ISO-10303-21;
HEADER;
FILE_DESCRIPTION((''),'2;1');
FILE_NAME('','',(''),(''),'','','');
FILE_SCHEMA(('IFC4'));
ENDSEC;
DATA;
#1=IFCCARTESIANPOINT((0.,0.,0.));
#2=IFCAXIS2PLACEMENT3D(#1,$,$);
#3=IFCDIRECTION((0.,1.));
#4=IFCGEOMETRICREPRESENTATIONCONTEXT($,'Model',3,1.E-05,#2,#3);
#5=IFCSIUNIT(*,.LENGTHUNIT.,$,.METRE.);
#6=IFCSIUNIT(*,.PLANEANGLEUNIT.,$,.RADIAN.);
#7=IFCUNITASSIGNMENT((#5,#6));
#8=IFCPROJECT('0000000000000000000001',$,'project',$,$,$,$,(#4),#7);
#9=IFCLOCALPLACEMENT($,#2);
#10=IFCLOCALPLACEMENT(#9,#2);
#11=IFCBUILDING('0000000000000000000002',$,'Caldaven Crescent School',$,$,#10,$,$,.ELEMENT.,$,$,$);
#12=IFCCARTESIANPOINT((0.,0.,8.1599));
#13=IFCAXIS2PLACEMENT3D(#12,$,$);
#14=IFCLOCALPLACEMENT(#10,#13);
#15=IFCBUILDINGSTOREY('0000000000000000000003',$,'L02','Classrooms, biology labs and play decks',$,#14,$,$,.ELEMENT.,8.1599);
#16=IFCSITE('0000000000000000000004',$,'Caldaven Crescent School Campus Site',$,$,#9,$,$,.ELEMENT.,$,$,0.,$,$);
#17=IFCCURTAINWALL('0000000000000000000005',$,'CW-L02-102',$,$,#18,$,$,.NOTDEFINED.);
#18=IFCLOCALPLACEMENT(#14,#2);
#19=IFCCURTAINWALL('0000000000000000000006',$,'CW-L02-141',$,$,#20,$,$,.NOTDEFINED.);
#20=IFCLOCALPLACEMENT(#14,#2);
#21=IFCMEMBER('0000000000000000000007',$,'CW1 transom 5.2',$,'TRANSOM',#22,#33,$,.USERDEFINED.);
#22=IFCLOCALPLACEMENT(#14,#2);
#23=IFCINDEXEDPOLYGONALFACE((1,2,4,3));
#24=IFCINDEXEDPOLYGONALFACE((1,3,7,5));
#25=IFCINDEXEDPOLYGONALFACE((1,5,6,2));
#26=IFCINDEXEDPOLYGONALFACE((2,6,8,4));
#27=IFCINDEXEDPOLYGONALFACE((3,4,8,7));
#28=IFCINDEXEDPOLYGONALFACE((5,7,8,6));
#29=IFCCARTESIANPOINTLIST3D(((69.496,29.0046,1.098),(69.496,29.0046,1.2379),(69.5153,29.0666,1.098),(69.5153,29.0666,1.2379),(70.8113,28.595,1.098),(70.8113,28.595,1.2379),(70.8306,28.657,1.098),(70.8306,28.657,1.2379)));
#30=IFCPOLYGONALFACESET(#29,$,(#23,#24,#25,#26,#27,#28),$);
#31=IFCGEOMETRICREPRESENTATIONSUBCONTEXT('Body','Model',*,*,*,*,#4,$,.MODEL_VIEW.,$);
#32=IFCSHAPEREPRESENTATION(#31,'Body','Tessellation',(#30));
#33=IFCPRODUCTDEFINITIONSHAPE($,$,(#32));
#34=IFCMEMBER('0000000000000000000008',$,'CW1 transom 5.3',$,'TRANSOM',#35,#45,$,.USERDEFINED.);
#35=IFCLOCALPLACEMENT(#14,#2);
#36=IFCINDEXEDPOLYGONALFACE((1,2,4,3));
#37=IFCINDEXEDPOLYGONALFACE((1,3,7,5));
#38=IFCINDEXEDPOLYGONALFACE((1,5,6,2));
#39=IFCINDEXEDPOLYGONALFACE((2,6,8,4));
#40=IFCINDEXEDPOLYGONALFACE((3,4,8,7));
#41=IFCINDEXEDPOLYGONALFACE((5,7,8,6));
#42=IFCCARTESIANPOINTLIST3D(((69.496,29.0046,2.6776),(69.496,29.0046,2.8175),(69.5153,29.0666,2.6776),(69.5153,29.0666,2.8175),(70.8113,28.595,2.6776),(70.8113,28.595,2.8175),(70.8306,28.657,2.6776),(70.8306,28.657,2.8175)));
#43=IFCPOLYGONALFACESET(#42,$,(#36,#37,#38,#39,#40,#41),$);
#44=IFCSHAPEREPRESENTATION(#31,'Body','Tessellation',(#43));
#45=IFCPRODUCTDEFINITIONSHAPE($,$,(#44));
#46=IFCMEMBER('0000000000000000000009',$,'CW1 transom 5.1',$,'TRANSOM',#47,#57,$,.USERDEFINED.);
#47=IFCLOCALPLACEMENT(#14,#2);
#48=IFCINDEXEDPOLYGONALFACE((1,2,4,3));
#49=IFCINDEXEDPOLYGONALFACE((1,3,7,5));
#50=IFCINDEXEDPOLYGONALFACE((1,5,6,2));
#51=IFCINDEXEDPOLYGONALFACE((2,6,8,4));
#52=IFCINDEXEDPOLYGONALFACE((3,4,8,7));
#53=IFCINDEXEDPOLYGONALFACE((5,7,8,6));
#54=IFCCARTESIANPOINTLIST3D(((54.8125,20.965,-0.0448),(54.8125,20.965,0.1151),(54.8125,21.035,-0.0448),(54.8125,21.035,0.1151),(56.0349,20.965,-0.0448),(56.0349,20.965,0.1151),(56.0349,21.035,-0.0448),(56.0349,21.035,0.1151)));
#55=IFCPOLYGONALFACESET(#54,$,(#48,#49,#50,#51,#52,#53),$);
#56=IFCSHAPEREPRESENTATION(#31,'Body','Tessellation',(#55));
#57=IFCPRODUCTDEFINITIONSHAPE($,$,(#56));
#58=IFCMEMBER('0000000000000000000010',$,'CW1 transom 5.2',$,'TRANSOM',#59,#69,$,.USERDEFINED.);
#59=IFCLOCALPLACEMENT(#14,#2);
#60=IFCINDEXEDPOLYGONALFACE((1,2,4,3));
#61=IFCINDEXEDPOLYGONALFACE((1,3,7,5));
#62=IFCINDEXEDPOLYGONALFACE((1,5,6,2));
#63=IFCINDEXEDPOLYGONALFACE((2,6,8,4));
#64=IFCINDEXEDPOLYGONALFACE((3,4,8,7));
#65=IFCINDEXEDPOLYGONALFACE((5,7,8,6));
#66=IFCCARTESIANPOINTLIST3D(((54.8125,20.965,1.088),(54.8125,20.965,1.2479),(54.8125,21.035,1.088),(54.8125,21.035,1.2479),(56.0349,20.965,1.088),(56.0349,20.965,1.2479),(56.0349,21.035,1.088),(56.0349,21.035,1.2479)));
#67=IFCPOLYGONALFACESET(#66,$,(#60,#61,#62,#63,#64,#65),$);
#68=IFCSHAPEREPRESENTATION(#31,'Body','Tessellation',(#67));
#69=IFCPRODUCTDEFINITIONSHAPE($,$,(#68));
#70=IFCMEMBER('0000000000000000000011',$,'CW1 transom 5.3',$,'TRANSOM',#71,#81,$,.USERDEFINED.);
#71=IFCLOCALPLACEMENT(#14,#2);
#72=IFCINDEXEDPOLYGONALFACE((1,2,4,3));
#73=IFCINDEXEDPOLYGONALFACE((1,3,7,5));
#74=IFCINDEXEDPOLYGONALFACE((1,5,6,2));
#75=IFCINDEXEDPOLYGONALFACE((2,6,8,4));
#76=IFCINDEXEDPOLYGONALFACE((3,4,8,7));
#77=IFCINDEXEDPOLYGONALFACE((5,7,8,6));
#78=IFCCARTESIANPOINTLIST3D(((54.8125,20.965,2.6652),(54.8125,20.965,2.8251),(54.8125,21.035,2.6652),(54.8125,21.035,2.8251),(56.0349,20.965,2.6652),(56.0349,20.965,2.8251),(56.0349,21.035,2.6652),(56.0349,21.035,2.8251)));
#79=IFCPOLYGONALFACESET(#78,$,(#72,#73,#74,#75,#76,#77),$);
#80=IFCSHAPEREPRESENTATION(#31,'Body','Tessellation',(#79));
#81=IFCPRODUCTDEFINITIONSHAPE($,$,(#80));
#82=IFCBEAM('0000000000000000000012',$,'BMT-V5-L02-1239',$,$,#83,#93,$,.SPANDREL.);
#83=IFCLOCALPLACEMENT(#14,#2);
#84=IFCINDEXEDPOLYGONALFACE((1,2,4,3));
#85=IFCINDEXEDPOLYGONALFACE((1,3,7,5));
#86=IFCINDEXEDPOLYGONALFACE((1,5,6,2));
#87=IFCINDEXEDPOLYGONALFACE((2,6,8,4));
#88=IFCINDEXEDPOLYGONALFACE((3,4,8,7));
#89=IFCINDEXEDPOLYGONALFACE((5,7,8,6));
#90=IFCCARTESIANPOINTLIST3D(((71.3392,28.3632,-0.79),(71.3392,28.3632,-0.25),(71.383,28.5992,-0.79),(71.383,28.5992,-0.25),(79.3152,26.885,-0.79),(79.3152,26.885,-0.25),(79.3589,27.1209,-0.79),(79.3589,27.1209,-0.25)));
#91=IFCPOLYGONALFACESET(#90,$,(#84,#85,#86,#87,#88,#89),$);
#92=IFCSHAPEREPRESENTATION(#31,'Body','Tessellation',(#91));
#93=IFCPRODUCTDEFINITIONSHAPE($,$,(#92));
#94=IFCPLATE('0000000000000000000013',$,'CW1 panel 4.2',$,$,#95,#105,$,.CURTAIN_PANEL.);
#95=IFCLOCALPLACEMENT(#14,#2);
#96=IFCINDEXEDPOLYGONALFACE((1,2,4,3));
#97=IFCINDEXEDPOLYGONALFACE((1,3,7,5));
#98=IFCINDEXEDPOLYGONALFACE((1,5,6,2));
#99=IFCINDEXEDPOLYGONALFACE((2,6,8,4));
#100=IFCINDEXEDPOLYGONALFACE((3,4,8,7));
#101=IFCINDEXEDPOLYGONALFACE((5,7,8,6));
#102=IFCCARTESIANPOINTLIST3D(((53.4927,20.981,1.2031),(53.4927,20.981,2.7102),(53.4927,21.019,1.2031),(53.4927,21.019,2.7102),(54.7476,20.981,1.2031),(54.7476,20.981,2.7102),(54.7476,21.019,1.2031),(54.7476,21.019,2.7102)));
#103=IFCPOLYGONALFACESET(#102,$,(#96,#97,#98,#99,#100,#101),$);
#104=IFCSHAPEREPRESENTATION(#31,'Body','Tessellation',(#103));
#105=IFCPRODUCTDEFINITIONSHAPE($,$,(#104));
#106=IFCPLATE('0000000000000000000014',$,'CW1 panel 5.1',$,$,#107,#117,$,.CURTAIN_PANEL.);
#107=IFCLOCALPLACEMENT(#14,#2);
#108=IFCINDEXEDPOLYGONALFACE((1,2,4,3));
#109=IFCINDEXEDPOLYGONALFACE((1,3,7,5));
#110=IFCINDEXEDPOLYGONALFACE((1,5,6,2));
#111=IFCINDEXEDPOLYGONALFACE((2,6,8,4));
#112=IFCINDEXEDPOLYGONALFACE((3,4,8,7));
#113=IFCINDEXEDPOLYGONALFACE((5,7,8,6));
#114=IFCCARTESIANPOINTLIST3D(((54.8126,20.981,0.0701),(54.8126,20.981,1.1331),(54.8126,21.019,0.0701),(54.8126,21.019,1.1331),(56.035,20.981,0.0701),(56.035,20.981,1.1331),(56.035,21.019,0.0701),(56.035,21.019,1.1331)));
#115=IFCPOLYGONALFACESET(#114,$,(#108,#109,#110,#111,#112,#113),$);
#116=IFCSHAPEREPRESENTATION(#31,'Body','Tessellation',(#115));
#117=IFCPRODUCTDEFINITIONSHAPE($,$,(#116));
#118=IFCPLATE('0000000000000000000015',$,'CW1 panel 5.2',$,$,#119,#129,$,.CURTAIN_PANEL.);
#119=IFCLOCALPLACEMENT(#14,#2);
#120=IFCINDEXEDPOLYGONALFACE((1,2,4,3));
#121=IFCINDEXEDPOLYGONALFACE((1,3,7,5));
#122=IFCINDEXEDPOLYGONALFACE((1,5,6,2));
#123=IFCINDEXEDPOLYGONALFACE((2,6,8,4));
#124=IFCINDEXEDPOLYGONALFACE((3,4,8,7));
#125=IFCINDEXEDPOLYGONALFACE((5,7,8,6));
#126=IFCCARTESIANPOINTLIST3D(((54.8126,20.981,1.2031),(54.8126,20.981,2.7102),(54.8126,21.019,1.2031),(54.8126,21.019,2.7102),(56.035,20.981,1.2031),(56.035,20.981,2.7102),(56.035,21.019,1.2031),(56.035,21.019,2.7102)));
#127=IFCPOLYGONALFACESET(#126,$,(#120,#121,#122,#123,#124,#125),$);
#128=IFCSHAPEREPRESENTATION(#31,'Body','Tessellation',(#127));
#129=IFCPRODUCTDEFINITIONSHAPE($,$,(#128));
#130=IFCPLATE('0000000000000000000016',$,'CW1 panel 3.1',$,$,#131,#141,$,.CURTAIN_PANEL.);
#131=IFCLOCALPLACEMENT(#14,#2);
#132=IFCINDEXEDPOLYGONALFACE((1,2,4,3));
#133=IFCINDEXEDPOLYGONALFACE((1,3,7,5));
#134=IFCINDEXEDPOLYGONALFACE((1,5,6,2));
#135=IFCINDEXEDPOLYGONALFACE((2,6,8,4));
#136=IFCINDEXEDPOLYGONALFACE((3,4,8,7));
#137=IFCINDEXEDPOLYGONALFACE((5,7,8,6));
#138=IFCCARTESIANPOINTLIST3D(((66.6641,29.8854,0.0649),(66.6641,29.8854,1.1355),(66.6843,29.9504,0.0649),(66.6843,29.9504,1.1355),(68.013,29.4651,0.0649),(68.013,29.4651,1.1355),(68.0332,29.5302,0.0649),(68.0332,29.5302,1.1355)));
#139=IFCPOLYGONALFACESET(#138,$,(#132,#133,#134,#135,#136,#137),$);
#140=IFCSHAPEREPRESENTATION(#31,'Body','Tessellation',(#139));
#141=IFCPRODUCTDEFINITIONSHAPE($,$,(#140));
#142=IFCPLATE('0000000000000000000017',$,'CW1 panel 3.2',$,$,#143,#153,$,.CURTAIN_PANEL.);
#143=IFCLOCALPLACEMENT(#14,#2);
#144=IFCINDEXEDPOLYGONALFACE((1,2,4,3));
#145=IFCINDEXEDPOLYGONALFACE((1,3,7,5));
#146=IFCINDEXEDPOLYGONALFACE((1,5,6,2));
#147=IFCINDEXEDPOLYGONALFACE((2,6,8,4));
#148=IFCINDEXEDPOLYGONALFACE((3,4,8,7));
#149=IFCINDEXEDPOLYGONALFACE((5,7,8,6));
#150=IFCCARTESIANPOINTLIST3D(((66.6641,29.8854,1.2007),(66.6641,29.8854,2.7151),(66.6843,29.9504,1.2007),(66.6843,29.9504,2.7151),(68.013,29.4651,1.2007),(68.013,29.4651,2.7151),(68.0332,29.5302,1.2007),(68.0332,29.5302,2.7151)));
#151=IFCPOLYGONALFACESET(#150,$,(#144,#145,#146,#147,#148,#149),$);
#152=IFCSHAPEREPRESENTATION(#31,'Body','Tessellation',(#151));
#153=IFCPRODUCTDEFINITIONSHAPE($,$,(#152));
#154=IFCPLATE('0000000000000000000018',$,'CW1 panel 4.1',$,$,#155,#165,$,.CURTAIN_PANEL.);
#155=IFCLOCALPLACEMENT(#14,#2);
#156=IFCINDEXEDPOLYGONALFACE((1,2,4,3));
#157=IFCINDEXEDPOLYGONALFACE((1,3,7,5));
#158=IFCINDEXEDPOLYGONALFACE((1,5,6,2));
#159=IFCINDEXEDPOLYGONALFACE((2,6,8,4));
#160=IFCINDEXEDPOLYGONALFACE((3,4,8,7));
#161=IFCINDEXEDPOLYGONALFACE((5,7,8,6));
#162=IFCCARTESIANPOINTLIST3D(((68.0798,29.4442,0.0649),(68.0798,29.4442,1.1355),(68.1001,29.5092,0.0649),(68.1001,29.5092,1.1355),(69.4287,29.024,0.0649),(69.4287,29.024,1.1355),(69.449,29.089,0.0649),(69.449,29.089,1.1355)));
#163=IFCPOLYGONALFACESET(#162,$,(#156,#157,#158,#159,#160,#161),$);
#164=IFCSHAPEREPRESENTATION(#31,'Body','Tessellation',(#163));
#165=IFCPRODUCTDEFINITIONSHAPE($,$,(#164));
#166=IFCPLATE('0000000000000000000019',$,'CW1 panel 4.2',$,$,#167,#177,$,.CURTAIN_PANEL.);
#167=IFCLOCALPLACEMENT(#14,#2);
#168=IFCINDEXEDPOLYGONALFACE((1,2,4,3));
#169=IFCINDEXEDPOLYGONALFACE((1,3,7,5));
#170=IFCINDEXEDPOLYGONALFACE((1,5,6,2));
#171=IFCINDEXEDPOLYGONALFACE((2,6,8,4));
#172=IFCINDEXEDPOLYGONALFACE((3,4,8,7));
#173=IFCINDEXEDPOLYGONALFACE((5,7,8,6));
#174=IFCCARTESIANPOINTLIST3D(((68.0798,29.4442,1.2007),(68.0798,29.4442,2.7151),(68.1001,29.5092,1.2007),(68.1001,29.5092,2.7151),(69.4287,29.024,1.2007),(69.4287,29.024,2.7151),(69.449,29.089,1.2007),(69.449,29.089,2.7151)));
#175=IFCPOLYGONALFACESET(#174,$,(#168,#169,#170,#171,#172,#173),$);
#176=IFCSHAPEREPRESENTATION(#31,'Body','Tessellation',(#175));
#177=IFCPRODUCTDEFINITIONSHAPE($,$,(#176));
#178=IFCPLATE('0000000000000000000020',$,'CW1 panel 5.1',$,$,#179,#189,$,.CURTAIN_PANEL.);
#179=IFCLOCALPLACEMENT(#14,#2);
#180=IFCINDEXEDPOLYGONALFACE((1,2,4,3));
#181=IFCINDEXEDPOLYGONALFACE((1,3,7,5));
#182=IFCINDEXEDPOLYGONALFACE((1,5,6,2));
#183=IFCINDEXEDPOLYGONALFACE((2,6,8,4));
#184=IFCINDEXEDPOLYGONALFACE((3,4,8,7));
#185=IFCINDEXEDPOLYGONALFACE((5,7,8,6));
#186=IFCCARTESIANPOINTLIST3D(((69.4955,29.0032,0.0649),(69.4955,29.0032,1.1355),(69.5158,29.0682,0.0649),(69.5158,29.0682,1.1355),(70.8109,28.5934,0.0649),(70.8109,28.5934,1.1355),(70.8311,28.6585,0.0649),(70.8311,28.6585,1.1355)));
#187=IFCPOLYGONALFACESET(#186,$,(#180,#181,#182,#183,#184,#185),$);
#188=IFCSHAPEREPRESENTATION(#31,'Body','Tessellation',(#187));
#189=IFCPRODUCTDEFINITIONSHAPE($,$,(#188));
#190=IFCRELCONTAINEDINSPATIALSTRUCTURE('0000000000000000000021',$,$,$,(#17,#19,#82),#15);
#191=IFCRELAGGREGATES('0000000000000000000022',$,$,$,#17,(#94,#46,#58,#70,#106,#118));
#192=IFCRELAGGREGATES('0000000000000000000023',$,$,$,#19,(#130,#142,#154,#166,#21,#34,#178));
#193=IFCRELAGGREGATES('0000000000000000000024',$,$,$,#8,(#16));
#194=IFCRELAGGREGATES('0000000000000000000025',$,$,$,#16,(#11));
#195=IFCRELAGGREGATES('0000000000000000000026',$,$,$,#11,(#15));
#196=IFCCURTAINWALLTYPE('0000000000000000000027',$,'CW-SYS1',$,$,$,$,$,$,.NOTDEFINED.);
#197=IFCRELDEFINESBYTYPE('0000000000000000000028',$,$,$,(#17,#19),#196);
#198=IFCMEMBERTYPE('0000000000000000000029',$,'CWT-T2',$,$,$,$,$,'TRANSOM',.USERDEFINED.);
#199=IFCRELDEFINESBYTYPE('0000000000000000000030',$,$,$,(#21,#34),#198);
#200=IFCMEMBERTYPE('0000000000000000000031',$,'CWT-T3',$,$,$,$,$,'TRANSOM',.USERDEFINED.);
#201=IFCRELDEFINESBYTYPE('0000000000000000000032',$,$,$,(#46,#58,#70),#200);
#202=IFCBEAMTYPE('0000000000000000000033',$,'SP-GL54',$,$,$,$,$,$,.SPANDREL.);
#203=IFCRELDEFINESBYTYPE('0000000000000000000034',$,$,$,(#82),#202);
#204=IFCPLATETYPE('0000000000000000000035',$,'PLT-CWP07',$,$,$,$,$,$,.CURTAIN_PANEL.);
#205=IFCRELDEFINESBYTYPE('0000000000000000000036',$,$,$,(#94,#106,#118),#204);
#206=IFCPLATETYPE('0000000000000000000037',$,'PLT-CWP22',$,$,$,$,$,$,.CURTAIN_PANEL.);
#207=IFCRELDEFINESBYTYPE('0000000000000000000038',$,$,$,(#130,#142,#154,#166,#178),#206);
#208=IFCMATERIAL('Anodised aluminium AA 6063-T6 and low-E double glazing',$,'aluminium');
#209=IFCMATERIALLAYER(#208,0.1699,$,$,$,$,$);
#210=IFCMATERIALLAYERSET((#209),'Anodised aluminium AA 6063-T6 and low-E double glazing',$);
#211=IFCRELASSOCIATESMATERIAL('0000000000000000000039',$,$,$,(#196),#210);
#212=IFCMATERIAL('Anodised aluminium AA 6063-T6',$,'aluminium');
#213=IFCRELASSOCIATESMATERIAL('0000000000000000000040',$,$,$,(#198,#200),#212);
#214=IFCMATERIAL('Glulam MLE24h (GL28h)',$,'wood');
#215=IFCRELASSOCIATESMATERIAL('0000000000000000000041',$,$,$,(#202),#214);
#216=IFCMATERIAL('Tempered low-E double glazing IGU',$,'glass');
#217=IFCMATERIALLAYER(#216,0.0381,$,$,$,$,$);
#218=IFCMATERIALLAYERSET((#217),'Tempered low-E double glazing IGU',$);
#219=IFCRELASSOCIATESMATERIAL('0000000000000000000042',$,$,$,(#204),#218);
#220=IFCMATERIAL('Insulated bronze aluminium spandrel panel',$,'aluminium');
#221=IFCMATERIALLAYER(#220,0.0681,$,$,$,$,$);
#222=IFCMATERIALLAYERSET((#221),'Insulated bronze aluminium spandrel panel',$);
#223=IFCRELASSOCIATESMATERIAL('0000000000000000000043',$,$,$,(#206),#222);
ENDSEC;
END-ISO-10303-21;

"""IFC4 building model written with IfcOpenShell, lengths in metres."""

from ifc_helpers import new_model, si_unit, direction, frame, origin, origin_2d, place, context, subcontext, project, spatial, rectangle, extrude, material, layer, layer_set, material_profile, profile_set, type_object, element, aggregate, save


model = new_model("IFC4")

# Units and contexts
model_context = context("Model", 3, precision=1e-05, world=origin(), true_north=direction((0.0, 1.0)))
body_context = subcontext(model_context, "Body", "Model", "MODEL_VIEW")
ifc_project = project(units=[si_unit("LENGTHUNIT", "METRE"), si_unit("PLANEANGLEUNIT", "RADIAN")], contexts=[model_context])

# Site, building, storey
site_placement = place(None, origin())
site = spatial("IfcSite", under=ifc_project, at=site_placement, Name="Caldaven Crescent School Campus Site", CompositionType="ELEMENT", RefElevation=0.0)
building_placement = place(site_placement, origin())
building = spatial("IfcBuilding", under=site, at=building_placement, Name="Caldaven Crescent School", CompositionType="ELEMENT")
storey_placement = place(building_placement, frame((0.0, 0.0, 8.1599)))
storey = spatial("IfcBuildingStorey", under=building, at=storey_placement, Name="L02", Description="Classrooms, biology labs and play decks", CompositionType="ELEMENT", Elevation=8.1599)

# Shared definitions
ifc_material_1 = material(Name="Glulam MLE24h (GL28h)", Category="wood")

# Curtain walls, members
ifc_material_2 = material(Name="Anodised aluminium AA 6063-T6 and low-E double glazing", Category="aluminium")
ifc_layer_1 = layer(ifc_material_2, 0.1699)
ifc_layer_set_1 = layer_set([ifc_layer_1], Name="Anodised aluminium AA 6063-T6 and low-E double glazing")
curtain_wall_type = type_object("IfcCurtainWallType", Name="CW-SYS1", PredefinedType="NOTDEFINED", material=ifc_layer_set_1)
curtain_wall_1_placement = place(storey_placement, origin())
curtain_wall_1 = element("IfcCurtainWall", 1, at=curtain_wall_1_placement, inside=storey, type_object=curtain_wall_type, Name="CW-L02-102", PredefinedType="NOTDEFINED")
ifc_material_3 = material(Name="Anodised aluminium AA 6063-T6", Category="aluminium")
curtain_wall_2_placement = place(storey_placement, origin())
curtain_wall_2 = element("IfcCurtainWall", 2, at=curtain_wall_2_placement, inside=storey, type_object=curtain_wall_type, Name="CW-L02-141", PredefinedType="NOTDEFINED")
ifc_material_profile_1 = material_profile(ifc_material_3, rectangle(XDim=0.0649, YDim=0.1399, at=origin_2d()), Name="CWT 65x140")
ifc_profile_set_1 = profile_set([ifc_material_profile_1], Name="Anodised aluminium AA 6063-T6")
member_type_1 = type_object("IfcMemberType", Name="CWT-T2", ElementType="TRANSOM", PredefinedType="USERDEFINED", material=ifc_profile_set_1)
member_1_placement = place(storey_placement, frame((69.5056, 29.0356, 1.168), z_axis=(0.95477, -0.297347, 0.0), x_axis=(0.297347, 0.95477, 0.0)))
member_1 = element("IfcMember", 3, at=member_1_placement, type_object=member_type_1, Name="CW1 transom 5.2", ObjectType="TRANSOM", PredefinedType="USERDEFINED", context=body_context, shape_type="SweptSolid", body=[
    extrude(rectangle(XDim=0.0649, YDim=0.1399, at=origin_2d()), origin(), (0.0, 0.0, 1.0), 1.3777),
])
member_2_placement = place(storey_placement, frame((69.5056, 29.0356, 2.7476), z_axis=(0.95477, -0.297347, 0.0), x_axis=(0.297347, 0.95477, 0.0)))
member_2 = element("IfcMember", 4, at=member_2_placement, type_object=member_type_1, Name="CW1 transom 5.3", ObjectType="TRANSOM", PredefinedType="USERDEFINED", context=body_context, shape_type="SweptSolid", body=[
    extrude(rectangle(XDim=0.0649, YDim=0.1399, at=origin_2d()), origin(), (0.0, 0.0, 1.0), 1.3777),
])

# Members
ifc_material_profile_2 = material_profile(ifc_material_3, rectangle(XDim=0.0701, YDim=0.1599, at=origin_2d()), Name="CWT 70x160")
ifc_profile_set_2 = profile_set([ifc_material_profile_2], Name="Anodised aluminium AA 6063-T6")
member_type_2 = type_object("IfcMemberType", Name="CWT-T3", ElementType="TRANSOM", PredefinedType="USERDEFINED", material=ifc_profile_set_2)
member_3_placement = place(storey_placement, frame((54.8125, 21.0, 0.0352), z_axis=(1.0, 0.0, 0.0), x_axis=(0.0, 1.0, 0.0)))
member_3 = element("IfcMember", 5, at=member_3_placement, type_object=member_type_2, Name="CW1 transom 5.1", ObjectType="TRANSOM", PredefinedType="USERDEFINED", context=body_context, shape_type="SweptSolid", body=[
    extrude(rectangle(XDim=0.0701, YDim=0.1599, at=origin_2d()), origin(), (0.0, 0.0, 1.0), 1.2224),
])
member_4_placement = place(storey_placement, frame((54.8125, 21.0, 1.168), z_axis=(1.0, 0.0, 0.0), x_axis=(0.0, 1.0, 0.0)))
member_4 = element("IfcMember", 6, at=member_4_placement, type_object=member_type_2, Name="CW1 transom 5.2", ObjectType="TRANSOM", PredefinedType="USERDEFINED", context=body_context, shape_type="SweptSolid", body=[
    extrude(rectangle(XDim=0.0701, YDim=0.1599, at=origin_2d()), origin(), (0.0, 0.0, 1.0), 1.2224),
])
member_5_placement = place(storey_placement, frame((54.8125, 21.0, 2.7451), z_axis=(1.0, 0.0, 0.0), x_axis=(0.0, 1.0, 0.0)))
member_5 = element("IfcMember", 7, at=member_5_placement, type_object=member_type_2, Name="CW1 transom 5.3", ObjectType="TRANSOM", PredefinedType="USERDEFINED", context=body_context, shape_type="SweptSolid", body=[
    extrude(rectangle(XDim=0.0701, YDim=0.1599, at=origin_2d()), origin(), (0.0, 0.0, 1.0), 1.2224),
])

# Beam
ifc_material_profile_3 = material_profile(ifc_material_1, rectangle(XDim=0.24, YDim=0.54, at=origin_2d()), Name="MLE 240x540")
ifc_profile_set_3 = profile_set([ifc_material_profile_3], Name="Glulam MLE24h (GL28h)")
beam_type = type_object("IfcBeamType", Name="SP-GL54", PredefinedType="SPANDREL", material=ifc_profile_set_3)
beam_placement = place(storey_placement, frame((71.3611, 28.4812, -0.52), z_axis=(0.983255, -0.182235, 0.0), x_axis=(0.182235, 0.983255, 0.0)))
element("IfcBeam", 8, at=beam_placement, inside=storey, type_object=beam_type, Name="BMT-V5-L02-1239", PredefinedType="SPANDREL", context=body_context, shape_type="SweptSolid", body=[
    extrude(rectangle(XDim=0.24, YDim=0.54, at=origin_2d()), origin(), (0.0, 0.0, 1.0), 8.1118),
])

# Plates
ifc_material_4 = material(Name="Tempered low-E double glazing IGU", Category="glass")
ifc_layer_2 = layer(ifc_material_4, 0.0381)
ifc_layer_set_2 = layer_set([ifc_layer_2], Name="Tempered low-E double glazing IGU")
plate_type_1 = type_object("IfcPlateType", Name="PLT-CWP07", PredefinedType="CURTAIN_PANEL", material=ifc_layer_set_2)
plate_1_placement = place(storey_placement, frame((54.1201, 21.0, 1.2031), z_axis=(0.0, 0.0, 1.0), x_axis=(1.0, 0.0, 0.0)))
plate_1 = element("IfcPlate", 9, at=plate_1_placement, type_object=plate_type_1, Name="CW1 panel 4.2", PredefinedType="CURTAIN_PANEL", context=body_context, shape_type="SweptSolid", body=[
    extrude(rectangle(XDim=1.2549, YDim=0.0381, at=origin_2d()), origin(), (0.0, 0.0, 1.0), 1.5071),
])
plate_2_placement = place(storey_placement, frame((55.4238, 21.0, 0.0701), z_axis=(0.0, 0.0, 1.0), x_axis=(1.0, 0.0, 0.0)))
plate_2 = element("IfcPlate", 10, at=plate_2_placement, type_object=plate_type_1, Name="CW1 panel 5.1", PredefinedType="CURTAIN_PANEL", context=body_context, shape_type="SweptSolid", body=[
    extrude(rectangle(XDim=1.2224, YDim=0.0381, at=origin_2d()), origin(), (0.0, 0.0, 1.0), 1.063),
])
plate_3_placement = place(storey_placement, frame((55.4238, 21.0, 1.2031), z_axis=(0.0, 0.0, 1.0), x_axis=(1.0, 0.0, 0.0)))
plate_3 = element("IfcPlate", 11, at=plate_3_placement, type_object=plate_type_1, Name="CW1 panel 5.2", PredefinedType="CURTAIN_PANEL", context=body_context, shape_type="SweptSolid", body=[
    extrude(rectangle(XDim=1.2224, YDim=0.0381, at=origin_2d()), origin(), (0.0, 0.0, 1.0), 1.5071),
])
aggregate(curtain_wall_1, [plate_1, member_3, member_4, member_5, plate_2, plate_3])
ifc_material_5 = material(Name="Insulated bronze aluminium spandrel panel", Category="aluminium")
ifc_layer_3 = layer(ifc_material_5, 0.0681)
ifc_layer_set_3 = layer_set([ifc_layer_3], Name="Insulated bronze aluminium spandrel panel")
plate_type_2 = type_object("IfcPlateType", Name="PLT-CWP22", PredefinedType="CURTAIN_PANEL", material=ifc_layer_set_3)
plate_4_placement = place(storey_placement, frame((67.3486, 29.7078, 0.0649), z_axis=(0.0, 0.0, 1.0), x_axis=(0.954747, -0.29742, 0.0)))
plate_4 = element("IfcPlate", 12, at=plate_4_placement, type_object=plate_type_2, Name="CW1 panel 3.1", PredefinedType="CURTAIN_PANEL", context=body_context, shape_type="SweptSolid", body=[
    extrude(rectangle(XDim=1.4128, YDim=0.0681, at=origin_2d()), origin(), (0.0, 0.0, 1.0), 1.0706),
])
plate_5_placement = place(storey_placement, frame((67.3486, 29.7078, 1.2007), z_axis=(0.0, 0.0, 1.0), x_axis=(0.954747, -0.29742, 0.0)))
plate_5 = element("IfcPlate", 13, at=plate_5_placement, type_object=plate_type_2, Name="CW1 panel 3.2", PredefinedType="CURTAIN_PANEL", context=body_context, shape_type="SweptSolid", body=[
    extrude(rectangle(XDim=1.4128, YDim=0.0681, at=origin_2d()), origin(), (0.0, 0.0, 1.0), 1.5144),
])
plate_6_placement = place(storey_placement, frame((68.7644, 29.2666, 0.0649), z_axis=(0.0, 0.0, 1.0), x_axis=(0.954747, -0.29742, 0.0)))
plate_6 = element("IfcPlate", 14, at=plate_6_placement, type_object=plate_type_2, Name="CW1 panel 4.1", PredefinedType="CURTAIN_PANEL", context=body_context, shape_type="SweptSolid", body=[
    extrude(rectangle(XDim=1.4128, YDim=0.0681, at=origin_2d()), origin(), (0.0, 0.0, 1.0), 1.0706),
])
plate_7_placement = place(storey_placement, frame((68.7644, 29.2666, 1.2007), z_axis=(0.0, 0.0, 1.0), x_axis=(0.954747, -0.29742, 0.0)))
plate_7 = element("IfcPlate", 15, at=plate_7_placement, type_object=plate_type_2, Name="CW1 panel 4.2", PredefinedType="CURTAIN_PANEL", context=body_context, shape_type="SweptSolid", body=[
    extrude(rectangle(XDim=1.4128, YDim=0.0681, at=origin_2d()), origin(), (0.0, 0.0, 1.0), 1.5144),
])
plate_8_placement = place(storey_placement, frame((70.1633, 28.8308, 0.0649), z_axis=(0.0, 0.0, 1.0), x_axis=(0.954747, -0.29742, 0.0)))
plate_8 = element("IfcPlate", 16, at=plate_8_placement, type_object=plate_type_2, Name="CW1 panel 5.1", PredefinedType="CURTAIN_PANEL", context=body_context, shape_type="SweptSolid", body=[
    extrude(rectangle(XDim=1.3777, YDim=0.0681, at=origin_2d()), origin(), (0.0, 0.0, 1.0), 1.0706),
])
aggregate(curtain_wall_2, [plate_4, plate_5, plate_6, plate_7, member_1, member_2, plate_8])

save(model, "model.ifc")
